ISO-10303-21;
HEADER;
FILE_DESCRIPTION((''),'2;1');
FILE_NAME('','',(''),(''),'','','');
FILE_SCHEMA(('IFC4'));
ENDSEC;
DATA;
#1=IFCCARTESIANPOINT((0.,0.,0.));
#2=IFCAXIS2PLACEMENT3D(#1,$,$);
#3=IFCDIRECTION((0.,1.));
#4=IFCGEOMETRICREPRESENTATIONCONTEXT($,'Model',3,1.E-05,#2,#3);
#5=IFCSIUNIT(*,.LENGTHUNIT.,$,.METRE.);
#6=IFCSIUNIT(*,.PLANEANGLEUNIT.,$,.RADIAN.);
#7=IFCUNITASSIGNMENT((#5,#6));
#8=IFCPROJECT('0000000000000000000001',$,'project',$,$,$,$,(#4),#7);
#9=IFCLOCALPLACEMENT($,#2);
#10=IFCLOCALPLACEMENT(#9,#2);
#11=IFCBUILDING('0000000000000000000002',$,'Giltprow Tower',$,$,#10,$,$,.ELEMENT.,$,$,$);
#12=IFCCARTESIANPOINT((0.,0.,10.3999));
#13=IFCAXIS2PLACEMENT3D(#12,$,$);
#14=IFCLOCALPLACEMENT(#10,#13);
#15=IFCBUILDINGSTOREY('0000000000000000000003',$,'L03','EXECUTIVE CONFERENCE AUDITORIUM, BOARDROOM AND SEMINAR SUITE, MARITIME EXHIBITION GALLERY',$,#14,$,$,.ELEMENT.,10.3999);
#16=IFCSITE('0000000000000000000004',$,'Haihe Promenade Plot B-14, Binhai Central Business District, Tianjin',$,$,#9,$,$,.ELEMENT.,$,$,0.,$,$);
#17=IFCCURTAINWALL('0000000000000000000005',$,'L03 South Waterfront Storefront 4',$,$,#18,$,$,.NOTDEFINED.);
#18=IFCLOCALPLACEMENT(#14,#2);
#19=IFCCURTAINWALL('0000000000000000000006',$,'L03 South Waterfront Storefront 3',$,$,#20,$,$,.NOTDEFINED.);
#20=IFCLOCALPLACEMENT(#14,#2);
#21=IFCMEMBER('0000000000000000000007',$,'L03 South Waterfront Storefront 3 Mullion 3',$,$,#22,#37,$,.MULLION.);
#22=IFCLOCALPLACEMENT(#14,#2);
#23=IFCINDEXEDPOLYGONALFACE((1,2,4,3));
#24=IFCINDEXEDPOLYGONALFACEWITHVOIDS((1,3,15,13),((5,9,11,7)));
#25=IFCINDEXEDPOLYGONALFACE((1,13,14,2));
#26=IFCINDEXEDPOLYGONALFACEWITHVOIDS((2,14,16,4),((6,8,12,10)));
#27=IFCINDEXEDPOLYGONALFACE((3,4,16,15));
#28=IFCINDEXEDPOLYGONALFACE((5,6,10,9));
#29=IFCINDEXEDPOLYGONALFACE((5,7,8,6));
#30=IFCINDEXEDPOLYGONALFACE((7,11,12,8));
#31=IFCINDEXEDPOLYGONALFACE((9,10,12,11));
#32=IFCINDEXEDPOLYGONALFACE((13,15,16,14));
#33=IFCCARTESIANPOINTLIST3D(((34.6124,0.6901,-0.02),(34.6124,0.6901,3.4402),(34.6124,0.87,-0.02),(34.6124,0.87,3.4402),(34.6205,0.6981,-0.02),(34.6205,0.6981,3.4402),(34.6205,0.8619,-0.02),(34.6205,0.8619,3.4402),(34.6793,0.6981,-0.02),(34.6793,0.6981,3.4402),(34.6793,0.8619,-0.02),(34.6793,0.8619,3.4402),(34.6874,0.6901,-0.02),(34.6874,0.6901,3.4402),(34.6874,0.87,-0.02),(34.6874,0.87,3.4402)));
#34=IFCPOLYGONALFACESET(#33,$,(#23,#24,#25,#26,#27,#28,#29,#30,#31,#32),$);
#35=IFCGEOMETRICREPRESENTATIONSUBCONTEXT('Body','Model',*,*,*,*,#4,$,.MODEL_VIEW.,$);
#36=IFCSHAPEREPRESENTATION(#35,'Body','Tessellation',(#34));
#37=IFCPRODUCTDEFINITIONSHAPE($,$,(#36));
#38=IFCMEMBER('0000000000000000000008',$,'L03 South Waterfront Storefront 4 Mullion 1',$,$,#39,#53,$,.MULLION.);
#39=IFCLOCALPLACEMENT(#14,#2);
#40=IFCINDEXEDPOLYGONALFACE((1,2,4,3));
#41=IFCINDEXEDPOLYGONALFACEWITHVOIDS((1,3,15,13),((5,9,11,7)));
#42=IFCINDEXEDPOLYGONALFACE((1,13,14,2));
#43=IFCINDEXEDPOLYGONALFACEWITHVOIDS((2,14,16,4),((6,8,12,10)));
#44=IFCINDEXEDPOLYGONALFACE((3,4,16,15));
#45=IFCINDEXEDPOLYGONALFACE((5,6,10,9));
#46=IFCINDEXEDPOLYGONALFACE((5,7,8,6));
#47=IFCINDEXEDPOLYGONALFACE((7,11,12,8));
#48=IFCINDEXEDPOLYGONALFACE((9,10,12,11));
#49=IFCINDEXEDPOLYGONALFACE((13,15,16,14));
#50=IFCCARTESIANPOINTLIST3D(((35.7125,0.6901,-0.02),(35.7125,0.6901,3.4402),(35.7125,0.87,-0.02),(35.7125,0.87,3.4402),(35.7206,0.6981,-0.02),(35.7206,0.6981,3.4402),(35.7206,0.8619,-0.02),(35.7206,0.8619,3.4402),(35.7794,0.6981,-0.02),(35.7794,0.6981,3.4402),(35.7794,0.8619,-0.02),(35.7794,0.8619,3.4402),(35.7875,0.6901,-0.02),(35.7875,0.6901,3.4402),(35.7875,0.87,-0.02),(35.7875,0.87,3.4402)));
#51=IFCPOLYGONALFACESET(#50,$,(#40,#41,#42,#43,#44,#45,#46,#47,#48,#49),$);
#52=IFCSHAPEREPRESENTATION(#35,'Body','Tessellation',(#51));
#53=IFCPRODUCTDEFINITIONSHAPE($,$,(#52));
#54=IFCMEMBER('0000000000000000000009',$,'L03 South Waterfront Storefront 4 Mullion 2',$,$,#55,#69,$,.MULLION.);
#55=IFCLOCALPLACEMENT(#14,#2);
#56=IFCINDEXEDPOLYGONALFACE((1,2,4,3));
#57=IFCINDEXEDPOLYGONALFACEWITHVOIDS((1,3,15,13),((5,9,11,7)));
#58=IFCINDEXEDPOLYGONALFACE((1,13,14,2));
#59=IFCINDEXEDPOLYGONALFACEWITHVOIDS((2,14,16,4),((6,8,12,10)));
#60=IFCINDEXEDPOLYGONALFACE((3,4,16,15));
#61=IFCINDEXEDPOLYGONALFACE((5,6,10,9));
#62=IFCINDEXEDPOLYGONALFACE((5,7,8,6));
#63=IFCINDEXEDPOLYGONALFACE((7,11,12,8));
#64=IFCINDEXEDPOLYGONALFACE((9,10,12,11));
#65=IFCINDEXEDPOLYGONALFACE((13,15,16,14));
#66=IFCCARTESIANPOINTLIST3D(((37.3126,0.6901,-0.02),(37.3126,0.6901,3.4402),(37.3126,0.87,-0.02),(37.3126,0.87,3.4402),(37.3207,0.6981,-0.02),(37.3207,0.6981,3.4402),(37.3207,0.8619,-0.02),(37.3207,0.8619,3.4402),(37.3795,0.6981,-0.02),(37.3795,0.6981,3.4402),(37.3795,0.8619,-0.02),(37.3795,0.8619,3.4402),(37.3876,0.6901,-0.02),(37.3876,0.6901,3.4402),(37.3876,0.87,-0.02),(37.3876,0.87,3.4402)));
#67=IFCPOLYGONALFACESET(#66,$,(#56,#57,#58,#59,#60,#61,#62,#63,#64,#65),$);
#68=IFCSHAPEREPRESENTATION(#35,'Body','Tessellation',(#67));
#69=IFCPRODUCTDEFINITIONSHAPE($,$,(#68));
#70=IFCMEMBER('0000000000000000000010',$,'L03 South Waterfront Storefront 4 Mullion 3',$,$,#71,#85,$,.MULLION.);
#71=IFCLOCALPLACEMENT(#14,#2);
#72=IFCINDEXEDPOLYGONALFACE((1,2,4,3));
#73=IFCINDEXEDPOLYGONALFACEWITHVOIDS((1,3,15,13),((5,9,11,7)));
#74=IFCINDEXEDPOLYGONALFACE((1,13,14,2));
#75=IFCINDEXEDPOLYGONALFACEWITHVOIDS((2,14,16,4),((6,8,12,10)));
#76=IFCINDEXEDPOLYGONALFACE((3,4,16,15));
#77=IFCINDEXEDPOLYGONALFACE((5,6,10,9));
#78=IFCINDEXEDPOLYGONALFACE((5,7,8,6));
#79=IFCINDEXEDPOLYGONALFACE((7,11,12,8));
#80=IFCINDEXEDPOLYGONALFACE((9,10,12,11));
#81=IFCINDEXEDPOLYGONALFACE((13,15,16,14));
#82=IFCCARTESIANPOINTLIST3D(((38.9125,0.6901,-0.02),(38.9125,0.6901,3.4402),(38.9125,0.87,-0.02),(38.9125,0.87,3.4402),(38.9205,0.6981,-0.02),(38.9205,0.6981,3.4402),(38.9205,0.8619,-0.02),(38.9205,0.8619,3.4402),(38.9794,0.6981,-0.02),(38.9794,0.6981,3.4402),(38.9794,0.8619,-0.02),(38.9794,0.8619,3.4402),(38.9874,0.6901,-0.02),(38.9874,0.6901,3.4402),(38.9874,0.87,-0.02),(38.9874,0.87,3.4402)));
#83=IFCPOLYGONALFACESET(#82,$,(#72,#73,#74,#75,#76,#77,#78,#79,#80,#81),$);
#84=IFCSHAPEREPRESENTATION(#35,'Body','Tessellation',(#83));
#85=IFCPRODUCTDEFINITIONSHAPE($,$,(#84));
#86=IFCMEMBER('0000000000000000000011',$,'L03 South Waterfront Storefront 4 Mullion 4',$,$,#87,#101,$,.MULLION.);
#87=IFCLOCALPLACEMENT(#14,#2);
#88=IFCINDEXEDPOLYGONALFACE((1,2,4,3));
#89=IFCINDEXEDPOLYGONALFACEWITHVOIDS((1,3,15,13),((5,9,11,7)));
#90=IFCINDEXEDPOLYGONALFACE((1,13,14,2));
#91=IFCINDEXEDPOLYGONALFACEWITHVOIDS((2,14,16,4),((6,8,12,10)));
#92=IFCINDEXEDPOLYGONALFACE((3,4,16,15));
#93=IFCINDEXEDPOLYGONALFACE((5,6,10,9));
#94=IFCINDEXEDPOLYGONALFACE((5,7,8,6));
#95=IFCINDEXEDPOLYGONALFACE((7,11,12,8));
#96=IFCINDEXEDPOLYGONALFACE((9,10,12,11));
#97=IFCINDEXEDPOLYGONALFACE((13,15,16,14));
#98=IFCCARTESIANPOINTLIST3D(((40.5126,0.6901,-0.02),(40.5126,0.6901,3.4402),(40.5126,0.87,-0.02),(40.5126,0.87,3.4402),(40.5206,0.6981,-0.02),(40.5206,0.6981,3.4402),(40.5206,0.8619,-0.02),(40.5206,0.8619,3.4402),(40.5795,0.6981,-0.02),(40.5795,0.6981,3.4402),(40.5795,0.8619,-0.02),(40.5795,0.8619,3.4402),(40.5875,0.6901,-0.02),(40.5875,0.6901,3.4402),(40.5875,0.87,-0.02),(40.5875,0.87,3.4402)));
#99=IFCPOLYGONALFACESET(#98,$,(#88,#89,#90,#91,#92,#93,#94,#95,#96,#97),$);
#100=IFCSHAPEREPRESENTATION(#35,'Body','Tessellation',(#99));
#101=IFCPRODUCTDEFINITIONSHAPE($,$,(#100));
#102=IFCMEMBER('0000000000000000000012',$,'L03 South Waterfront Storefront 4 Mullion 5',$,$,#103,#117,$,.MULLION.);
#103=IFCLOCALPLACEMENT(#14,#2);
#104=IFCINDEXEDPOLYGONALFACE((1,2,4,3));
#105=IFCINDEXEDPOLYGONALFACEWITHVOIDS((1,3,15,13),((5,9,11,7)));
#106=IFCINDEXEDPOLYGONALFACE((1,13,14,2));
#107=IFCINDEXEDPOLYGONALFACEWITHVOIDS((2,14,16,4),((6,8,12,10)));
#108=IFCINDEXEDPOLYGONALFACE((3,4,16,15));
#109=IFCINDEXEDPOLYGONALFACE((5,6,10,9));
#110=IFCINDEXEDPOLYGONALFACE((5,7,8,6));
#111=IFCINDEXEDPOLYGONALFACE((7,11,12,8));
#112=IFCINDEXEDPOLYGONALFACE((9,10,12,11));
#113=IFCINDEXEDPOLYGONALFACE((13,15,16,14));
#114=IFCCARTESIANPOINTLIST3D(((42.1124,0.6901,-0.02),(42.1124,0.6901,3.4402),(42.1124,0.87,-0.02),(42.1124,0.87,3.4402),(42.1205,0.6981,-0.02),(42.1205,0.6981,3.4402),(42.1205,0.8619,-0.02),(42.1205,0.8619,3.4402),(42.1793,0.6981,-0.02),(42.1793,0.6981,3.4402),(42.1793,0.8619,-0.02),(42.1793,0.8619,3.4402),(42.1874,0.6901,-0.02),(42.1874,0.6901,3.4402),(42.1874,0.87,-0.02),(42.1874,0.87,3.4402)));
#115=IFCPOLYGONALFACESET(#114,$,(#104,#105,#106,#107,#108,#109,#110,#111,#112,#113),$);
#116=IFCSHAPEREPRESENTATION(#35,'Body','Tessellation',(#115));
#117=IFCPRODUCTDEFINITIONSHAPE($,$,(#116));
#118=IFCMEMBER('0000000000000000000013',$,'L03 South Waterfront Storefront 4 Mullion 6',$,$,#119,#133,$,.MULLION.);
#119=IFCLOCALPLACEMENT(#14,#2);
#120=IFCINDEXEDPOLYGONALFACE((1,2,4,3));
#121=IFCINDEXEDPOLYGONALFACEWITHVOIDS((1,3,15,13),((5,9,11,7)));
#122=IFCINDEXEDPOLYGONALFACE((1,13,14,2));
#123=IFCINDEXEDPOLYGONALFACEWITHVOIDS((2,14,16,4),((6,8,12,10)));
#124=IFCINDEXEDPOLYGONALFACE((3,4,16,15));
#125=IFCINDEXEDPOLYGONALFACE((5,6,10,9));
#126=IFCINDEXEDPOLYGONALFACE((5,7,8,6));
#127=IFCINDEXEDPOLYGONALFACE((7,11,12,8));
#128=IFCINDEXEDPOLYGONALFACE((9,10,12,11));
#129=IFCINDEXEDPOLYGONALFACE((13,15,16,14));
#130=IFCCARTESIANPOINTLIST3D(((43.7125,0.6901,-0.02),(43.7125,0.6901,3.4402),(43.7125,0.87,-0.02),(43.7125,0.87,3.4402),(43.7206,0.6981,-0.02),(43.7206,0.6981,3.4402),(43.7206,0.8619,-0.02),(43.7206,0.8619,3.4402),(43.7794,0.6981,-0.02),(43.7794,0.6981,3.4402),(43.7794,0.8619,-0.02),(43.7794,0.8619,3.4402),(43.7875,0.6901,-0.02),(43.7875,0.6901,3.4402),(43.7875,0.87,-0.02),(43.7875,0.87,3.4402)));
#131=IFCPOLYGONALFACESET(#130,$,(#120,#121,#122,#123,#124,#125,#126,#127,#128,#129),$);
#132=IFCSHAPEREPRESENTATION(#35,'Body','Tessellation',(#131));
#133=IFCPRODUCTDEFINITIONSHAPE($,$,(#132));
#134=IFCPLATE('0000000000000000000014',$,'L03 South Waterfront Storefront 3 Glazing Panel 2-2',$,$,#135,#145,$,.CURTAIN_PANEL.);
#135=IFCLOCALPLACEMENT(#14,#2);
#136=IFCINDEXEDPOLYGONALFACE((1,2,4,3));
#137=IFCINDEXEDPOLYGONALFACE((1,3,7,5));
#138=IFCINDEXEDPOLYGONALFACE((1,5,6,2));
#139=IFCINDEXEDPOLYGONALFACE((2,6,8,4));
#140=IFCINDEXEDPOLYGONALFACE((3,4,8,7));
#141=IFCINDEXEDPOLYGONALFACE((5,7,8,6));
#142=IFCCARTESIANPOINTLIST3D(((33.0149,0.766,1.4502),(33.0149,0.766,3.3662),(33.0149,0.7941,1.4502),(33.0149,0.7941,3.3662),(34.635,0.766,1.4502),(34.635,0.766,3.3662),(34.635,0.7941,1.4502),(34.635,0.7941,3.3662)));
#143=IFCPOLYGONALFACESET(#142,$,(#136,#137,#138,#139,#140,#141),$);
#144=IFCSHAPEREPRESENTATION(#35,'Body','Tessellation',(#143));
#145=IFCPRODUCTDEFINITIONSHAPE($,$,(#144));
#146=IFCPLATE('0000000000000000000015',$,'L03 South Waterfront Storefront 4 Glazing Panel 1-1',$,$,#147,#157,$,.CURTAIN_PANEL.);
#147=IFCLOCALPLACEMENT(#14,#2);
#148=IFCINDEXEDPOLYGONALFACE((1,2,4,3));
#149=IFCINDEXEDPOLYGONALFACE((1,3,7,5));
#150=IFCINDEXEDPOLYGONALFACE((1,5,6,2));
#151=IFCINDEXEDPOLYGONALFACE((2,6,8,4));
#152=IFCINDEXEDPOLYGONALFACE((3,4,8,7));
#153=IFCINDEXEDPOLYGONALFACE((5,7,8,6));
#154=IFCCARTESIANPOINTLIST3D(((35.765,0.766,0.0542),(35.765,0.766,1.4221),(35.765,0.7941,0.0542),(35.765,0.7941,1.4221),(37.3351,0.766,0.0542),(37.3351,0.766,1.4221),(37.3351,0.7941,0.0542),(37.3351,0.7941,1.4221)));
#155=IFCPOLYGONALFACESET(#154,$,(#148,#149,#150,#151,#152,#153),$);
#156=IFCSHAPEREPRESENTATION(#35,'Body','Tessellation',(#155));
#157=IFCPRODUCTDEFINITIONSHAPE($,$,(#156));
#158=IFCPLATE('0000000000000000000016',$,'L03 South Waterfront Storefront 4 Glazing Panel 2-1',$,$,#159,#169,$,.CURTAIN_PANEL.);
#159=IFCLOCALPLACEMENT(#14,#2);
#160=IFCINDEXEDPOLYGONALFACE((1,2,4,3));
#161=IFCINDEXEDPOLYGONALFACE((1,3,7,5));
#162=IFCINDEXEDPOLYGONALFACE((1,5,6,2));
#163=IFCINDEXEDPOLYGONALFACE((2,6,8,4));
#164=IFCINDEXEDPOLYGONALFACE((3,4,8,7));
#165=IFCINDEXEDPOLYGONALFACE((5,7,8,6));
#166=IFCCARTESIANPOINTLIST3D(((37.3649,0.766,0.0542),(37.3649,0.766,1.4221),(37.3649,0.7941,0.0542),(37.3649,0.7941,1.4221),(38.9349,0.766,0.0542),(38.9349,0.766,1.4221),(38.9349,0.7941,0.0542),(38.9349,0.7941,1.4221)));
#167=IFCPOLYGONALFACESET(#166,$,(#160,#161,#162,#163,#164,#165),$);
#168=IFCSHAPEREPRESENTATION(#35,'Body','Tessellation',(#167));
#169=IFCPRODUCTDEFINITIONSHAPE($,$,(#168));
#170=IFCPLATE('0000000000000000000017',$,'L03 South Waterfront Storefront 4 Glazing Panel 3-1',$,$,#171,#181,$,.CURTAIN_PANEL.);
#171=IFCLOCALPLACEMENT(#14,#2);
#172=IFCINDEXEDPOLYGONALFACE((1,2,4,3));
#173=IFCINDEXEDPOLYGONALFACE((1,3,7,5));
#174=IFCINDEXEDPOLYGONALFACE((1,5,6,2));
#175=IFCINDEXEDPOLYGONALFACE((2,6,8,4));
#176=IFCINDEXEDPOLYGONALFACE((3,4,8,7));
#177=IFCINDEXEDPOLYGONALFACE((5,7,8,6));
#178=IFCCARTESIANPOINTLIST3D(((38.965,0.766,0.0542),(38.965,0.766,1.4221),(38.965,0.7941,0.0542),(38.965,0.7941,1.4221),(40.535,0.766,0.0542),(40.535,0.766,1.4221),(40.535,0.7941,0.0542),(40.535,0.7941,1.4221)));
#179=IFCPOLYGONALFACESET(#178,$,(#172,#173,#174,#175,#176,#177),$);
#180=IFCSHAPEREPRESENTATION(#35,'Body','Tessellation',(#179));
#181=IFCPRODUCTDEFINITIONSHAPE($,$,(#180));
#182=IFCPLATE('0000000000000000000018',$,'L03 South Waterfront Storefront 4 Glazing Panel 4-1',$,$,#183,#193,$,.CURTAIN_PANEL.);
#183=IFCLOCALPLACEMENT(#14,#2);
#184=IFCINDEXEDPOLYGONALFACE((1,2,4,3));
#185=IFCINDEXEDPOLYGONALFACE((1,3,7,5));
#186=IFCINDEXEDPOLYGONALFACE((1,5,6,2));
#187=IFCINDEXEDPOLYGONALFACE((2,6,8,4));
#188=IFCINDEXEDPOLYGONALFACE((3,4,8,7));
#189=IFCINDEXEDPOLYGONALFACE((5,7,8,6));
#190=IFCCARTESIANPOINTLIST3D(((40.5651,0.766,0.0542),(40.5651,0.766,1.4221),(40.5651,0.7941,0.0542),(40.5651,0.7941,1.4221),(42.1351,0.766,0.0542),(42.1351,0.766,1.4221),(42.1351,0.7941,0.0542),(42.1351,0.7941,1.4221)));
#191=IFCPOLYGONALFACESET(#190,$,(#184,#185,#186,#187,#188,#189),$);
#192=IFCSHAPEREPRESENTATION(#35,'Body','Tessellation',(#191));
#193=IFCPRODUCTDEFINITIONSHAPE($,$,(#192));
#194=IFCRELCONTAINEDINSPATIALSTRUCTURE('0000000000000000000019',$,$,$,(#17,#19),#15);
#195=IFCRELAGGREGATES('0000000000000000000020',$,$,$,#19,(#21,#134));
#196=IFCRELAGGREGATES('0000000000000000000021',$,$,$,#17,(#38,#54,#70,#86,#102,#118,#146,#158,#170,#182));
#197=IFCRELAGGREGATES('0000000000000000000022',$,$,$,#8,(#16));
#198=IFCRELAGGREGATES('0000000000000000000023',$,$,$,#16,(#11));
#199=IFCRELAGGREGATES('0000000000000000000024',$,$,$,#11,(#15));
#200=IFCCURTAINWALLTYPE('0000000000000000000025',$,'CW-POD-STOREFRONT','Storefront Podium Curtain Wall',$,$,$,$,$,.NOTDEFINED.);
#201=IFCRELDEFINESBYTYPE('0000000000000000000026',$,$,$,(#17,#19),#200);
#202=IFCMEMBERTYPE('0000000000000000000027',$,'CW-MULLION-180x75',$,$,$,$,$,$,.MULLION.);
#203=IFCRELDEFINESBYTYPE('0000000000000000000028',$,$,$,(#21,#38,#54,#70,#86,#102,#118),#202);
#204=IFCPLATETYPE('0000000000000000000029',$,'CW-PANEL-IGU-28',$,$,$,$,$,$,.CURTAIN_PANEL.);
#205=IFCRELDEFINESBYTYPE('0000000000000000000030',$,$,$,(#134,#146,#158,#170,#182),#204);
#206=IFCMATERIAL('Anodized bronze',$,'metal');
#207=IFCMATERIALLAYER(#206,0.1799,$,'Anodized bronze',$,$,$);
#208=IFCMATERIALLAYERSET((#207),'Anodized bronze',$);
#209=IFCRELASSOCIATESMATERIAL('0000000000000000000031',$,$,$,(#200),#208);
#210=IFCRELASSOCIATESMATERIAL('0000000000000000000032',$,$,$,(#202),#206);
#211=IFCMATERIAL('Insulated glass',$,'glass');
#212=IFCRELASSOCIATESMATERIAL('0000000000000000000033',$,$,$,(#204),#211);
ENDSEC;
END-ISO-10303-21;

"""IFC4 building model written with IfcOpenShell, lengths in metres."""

from ifc_helpers import new_model, si_unit, direction, frame, origin, origin_2d, place, context, subcontext, project, spatial, rectangle, hollow_rectangle, extrude, source, transform, mapped, material, layer, layer_set, material_profile, profile_set, type_object, element, aggregate, save


model = new_model("IFC4")

# Units and contexts
model_context = context("Model", 3, precision=1e-05, world=origin(), true_north=direction((0.0, 1.0)))
body_context = subcontext(model_context, "Body", "Model", "MODEL_VIEW")
ifc_project = project(units=[si_unit("LENGTHUNIT", "METRE"), si_unit("PLANEANGLEUNIT", "RADIAN")], contexts=[model_context])

# Site, building, storey
site_placement = place(None, origin())
site = spatial("IfcSite", under=ifc_project, at=site_placement, Name="Haihe Promenade Plot B-14, Binhai Central Business District, Tianjin", CompositionType="ELEMENT", RefElevation=0.0)
building_placement = place(site_placement, origin())
building = spatial("IfcBuilding", under=site, at=building_placement, Name="Giltprow Tower", CompositionType="ELEMENT")
storey_placement = place(building_placement, frame((0.0, 0.0, 10.3999)))
storey = spatial("IfcBuildingStorey", under=building, at=storey_placement, Name="L03", Description="EXECUTIVE CONFERENCE AUDITORIUM, BOARDROOM AND SEMINAR SUITE, MARITIME EXHIBITION GALLERY", CompositionType="ELEMENT", Elevation=10.3999)

# Curtain wall
ifc_material_1 = material(Name="Anodized bronze", Category="metal")
ifc_layer_1 = layer(ifc_material_1, 0.1799, Name="Anodized bronze")
ifc_layer_set_1 = layer_set([ifc_layer_1], Name="Anodized bronze")
curtain_wall_type = type_object("IfcCurtainWallType", Name="CW-POD-STOREFRONT", Description="Storefront Podium Curtain Wall", PredefinedType="NOTDEFINED", material=ifc_layer_set_1)
curtain_wall_1_placement = place(storey_placement, origin())
curtain_wall_1 = element("IfcCurtainWall", 1, at=curtain_wall_1_placement, inside=storey, type_object=curtain_wall_type, Name="L03 South Waterfront Storefront 4", PredefinedType="NOTDEFINED")

# Curtain wall, member
curtain_wall_2_placement = place(storey_placement, origin())
curtain_wall_2 = element("IfcCurtainWall", 2, at=curtain_wall_2_placement, inside=storey, type_object=curtain_wall_type, Name="L03 South Waterfront Storefront 3", PredefinedType="NOTDEFINED")
ifc_material_profile_1 = material_profile(ifc_material_1, hollow_rectangle(XDim=0.075, YDim=0.1799, WallThickness=0.0081, at=origin_2d()), Name="RHS 180x75x8")
ifc_profile_set_1 = profile_set([ifc_material_profile_1], Name="Anodized bronze")
member_type_1 = type_object("IfcMemberType", Name="CW-MULLION-180x75", PredefinedType="MULLION", material=ifc_profile_set_1)
shared_shape_1 = source(origin(), body_context, "Body", "SweptSolid", [
    extrude(hollow_rectangle(XDim=0.075, YDim=0.1799, WallThickness=0.0081, at=origin_2d()), origin(), (0.0, 0.0, 1.0), 3.4602),
])
member_1_placement = place(storey_placement, frame((34.6499, 0.78, -0.02), z_axis=(0.0, 0.0, 1.0), x_axis=(1.0, 0.0, 0.0)))
member_1 = element("IfcMember", 3, at=member_1_placement, type_object=member_type_1, Name="L03 South Waterfront Storefront 3 Mullion 3", PredefinedType="MULLION", context=body_context, shape_type="MappedRepresentation", body=[
    mapped(shared_shape_1, transform((0.0, 0.0, 0.0), x_axis=(1.0, 0.0, 0.0), y_axis=(0.0, 1.0, 0.0), z_axis=(0.0, 0.0, 1.0), scale=1.0)),
])

# Members
member_2_placement = place(storey_placement, frame((35.75, 0.78, -0.02), z_axis=(0.0, 0.0, 1.0), x_axis=(1.0, 0.0, 0.0)))
member_2 = element("IfcMember", 4, at=member_2_placement, type_object=member_type_1, Name="L03 South Waterfront Storefront 4 Mullion 1", PredefinedType="MULLION", context=body_context, shape_type="MappedRepresentation", body=[
    mapped(shared_shape_1, transform((0.0, 0.0, 0.0), x_axis=(1.0, 0.0, 0.0), y_axis=(0.0, 1.0, 0.0), z_axis=(0.0, 0.0, 1.0), scale=1.0)),
])
member_3_placement = place(storey_placement, frame((37.3501, 0.78, -0.02), z_axis=(0.0, 0.0, 1.0), x_axis=(1.0, 0.0, 0.0)))
member_3 = element("IfcMember", 5, at=member_3_placement, type_object=member_type_1, Name="L03 South Waterfront Storefront 4 Mullion 2", PredefinedType="MULLION", context=body_context, shape_type="MappedRepresentation", body=[
    mapped(shared_shape_1, transform((0.0, 0.0, 0.0), x_axis=(1.0, 0.0, 0.0), y_axis=(0.0, 1.0, 0.0), z_axis=(0.0, 0.0, 1.0), scale=1.0)),
])
member_4_placement = place(storey_placement, frame((38.95, 0.78, -0.02), z_axis=(0.0, 0.0, 1.0), x_axis=(1.0, 0.0, 0.0)))
member_4 = element("IfcMember", 6, at=member_4_placement, type_object=member_type_1, Name="L03 South Waterfront Storefront 4 Mullion 3", PredefinedType="MULLION", context=body_context, shape_type="MappedRepresentation", body=[
    mapped(shared_shape_1, transform((0.0, 0.0, 0.0), x_axis=(1.0, 0.0, 0.0), y_axis=(0.0, 1.0, 0.0), z_axis=(0.0, 0.0, 1.0), scale=1.0)),
])
member_5_placement = place(storey_placement, frame((40.55, 0.78, -0.02), z_axis=(0.0, 0.0, 1.0), x_axis=(1.0, 0.0, 0.0)))
member_5 = element("IfcMember", 7, at=member_5_placement, type_object=member_type_1, Name="L03 South Waterfront Storefront 4 Mullion 4", PredefinedType="MULLION", context=body_context, shape_type="MappedRepresentation", body=[
    mapped(shared_shape_1, transform((0.0, 0.0, 0.0), x_axis=(1.0, 0.0, 0.0), y_axis=(0.0, 1.0, 0.0), z_axis=(0.0, 0.0, 1.0), scale=1.0)),
])
member_6_placement = place(storey_placement, frame((42.1499, 0.78, -0.02), z_axis=(0.0, 0.0, 1.0), x_axis=(1.0, 0.0, 0.0)))
member_6 = element("IfcMember", 8, at=member_6_placement, type_object=member_type_1, Name="L03 South Waterfront Storefront 4 Mullion 5", PredefinedType="MULLION", context=body_context, shape_type="MappedRepresentation", body=[
    mapped(shared_shape_1, transform((0.0, 0.0, 0.0), x_axis=(1.0, 0.0, 0.0), y_axis=(0.0, 1.0, 0.0), z_axis=(0.0, 0.0, 1.0), scale=1.0)),
])
member_7_placement = place(storey_placement, frame((43.75, 0.78, -0.02), z_axis=(0.0, 0.0, 1.0), x_axis=(1.0, 0.0, 0.0)))
member_7 = element("IfcMember", 9, at=member_7_placement, type_object=member_type_1, Name="L03 South Waterfront Storefront 4 Mullion 6", PredefinedType="MULLION", context=body_context, shape_type="MappedRepresentation", body=[
    mapped(shared_shape_1, transform((0.0, 0.0, 0.0), x_axis=(1.0, 0.0, 0.0), y_axis=(0.0, 1.0, 0.0), z_axis=(0.0, 0.0, 1.0), scale=1.0)),
])

# Plates
ifc_material_2 = material(Name="Insulated glass", Category="glass")
plate_type = type_object("IfcPlateType", Name="CW-PANEL-IGU-28", PredefinedType="CURTAIN_PANEL", material=ifc_material_2)
shared_shape_2 = source(origin(), body_context, "Body", "SweptSolid", [
    extrude(rectangle(XDim=1.6201, YDim=0.0281, at=origin_2d()), origin(), (0.0, 0.0, 1.0), 1.916),
])
plate_1_placement = place(storey_placement, frame((33.825, 0.78, 1.4502), z_axis=(0.0, 0.0, 1.0), x_axis=(1.0, 0.0, 0.0)))
plate_1 = element("IfcPlate", 10, at=plate_1_placement, type_object=plate_type, Name="L03 South Waterfront Storefront 3 Glazing Panel 2-2", PredefinedType="CURTAIN_PANEL", context=body_context, shape_type="MappedRepresentation", body=[
    mapped(shared_shape_2, transform((0.0, 0.0, 0.0), x_axis=(1.0, 0.0, 0.0), y_axis=(0.0, 1.0, 0.0), z_axis=(0.0, 0.0, 1.0), scale=1.0)),
])
aggregate(curtain_wall_2, [member_1, plate_1])
shared_shape_3 = source(origin(), body_context, "Body", "SweptSolid", [
    extrude(rectangle(XDim=1.5701, YDim=0.0281, at=origin_2d()), origin(), (0.0, 0.0, 1.0), 1.3679),
])
plate_2_placement = place(storey_placement, frame((36.55, 0.78, 0.0542), z_axis=(0.0, 0.0, 1.0), x_axis=(1.0, 0.0, 0.0)))
plate_2 = element("IfcPlate", 11, at=plate_2_placement, type_object=plate_type, Name="L03 South Waterfront Storefront 4 Glazing Panel 1-1", PredefinedType="CURTAIN_PANEL", context=body_context, shape_type="MappedRepresentation", body=[
    mapped(shared_shape_3, transform((0.0, 0.0, 0.0), x_axis=(1.0, 0.0, 0.0), y_axis=(0.0, 1.0, 0.0), z_axis=(0.0, 0.0, 1.0), scale=1.0)),
])
plate_3_placement = place(storey_placement, frame((38.1499, 0.78, 0.0542), z_axis=(0.0, 0.0, 1.0), x_axis=(1.0, 0.0, 0.0)))
plate_3 = element("IfcPlate", 12, at=plate_3_placement, type_object=plate_type, Name="L03 South Waterfront Storefront 4 Glazing Panel 2-1", PredefinedType="CURTAIN_PANEL", context=body_context, shape_type="MappedRepresentation", body=[
    mapped(shared_shape_3, transform((0.0, 0.0, 0.0), x_axis=(1.0, 0.0, 0.0), y_axis=(0.0, 1.0, 0.0), z_axis=(0.0, 0.0, 1.0), scale=1.0)),
])
plate_4_placement = place(storey_placement, frame((39.75, 0.78, 0.0542), z_axis=(0.0, 0.0, 1.0), x_axis=(1.0, 0.0, 0.0)))
plate_4 = element("IfcPlate", 13, at=plate_4_placement, type_object=plate_type, Name="L03 South Waterfront Storefront 4 Glazing Panel 3-1", PredefinedType="CURTAIN_PANEL", context=body_context, shape_type="MappedRepresentation", body=[
    mapped(shared_shape_3, transform((0.0, 0.0, 0.0), x_axis=(1.0, 0.0, 0.0), y_axis=(0.0, 1.0, 0.0), z_axis=(0.0, 0.0, 1.0), scale=1.0)),
])
plate_5_placement = place(storey_placement, frame((41.3501, 0.78, 0.0542), z_axis=(0.0, 0.0, 1.0), x_axis=(1.0, 0.0, 0.0)))
plate_5 = element("IfcPlate", 14, at=plate_5_placement, type_object=plate_type, Name="L03 South Waterfront Storefront 4 Glazing Panel 4-1", PredefinedType="CURTAIN_PANEL", context=body_context, shape_type="MappedRepresentation", body=[
    mapped(shared_shape_3, transform((0.0, 0.0, 0.0), x_axis=(1.0, 0.0, 0.0), y_axis=(0.0, 1.0, 0.0), z_axis=(0.0, 0.0, 1.0), scale=1.0)),
])
aggregate(curtain_wall_1, [member_2, member_3, member_4, member_5, member_6, member_7, plate_2, plate_3, plate_4, plate_5])

save(model, "model.ifc")
